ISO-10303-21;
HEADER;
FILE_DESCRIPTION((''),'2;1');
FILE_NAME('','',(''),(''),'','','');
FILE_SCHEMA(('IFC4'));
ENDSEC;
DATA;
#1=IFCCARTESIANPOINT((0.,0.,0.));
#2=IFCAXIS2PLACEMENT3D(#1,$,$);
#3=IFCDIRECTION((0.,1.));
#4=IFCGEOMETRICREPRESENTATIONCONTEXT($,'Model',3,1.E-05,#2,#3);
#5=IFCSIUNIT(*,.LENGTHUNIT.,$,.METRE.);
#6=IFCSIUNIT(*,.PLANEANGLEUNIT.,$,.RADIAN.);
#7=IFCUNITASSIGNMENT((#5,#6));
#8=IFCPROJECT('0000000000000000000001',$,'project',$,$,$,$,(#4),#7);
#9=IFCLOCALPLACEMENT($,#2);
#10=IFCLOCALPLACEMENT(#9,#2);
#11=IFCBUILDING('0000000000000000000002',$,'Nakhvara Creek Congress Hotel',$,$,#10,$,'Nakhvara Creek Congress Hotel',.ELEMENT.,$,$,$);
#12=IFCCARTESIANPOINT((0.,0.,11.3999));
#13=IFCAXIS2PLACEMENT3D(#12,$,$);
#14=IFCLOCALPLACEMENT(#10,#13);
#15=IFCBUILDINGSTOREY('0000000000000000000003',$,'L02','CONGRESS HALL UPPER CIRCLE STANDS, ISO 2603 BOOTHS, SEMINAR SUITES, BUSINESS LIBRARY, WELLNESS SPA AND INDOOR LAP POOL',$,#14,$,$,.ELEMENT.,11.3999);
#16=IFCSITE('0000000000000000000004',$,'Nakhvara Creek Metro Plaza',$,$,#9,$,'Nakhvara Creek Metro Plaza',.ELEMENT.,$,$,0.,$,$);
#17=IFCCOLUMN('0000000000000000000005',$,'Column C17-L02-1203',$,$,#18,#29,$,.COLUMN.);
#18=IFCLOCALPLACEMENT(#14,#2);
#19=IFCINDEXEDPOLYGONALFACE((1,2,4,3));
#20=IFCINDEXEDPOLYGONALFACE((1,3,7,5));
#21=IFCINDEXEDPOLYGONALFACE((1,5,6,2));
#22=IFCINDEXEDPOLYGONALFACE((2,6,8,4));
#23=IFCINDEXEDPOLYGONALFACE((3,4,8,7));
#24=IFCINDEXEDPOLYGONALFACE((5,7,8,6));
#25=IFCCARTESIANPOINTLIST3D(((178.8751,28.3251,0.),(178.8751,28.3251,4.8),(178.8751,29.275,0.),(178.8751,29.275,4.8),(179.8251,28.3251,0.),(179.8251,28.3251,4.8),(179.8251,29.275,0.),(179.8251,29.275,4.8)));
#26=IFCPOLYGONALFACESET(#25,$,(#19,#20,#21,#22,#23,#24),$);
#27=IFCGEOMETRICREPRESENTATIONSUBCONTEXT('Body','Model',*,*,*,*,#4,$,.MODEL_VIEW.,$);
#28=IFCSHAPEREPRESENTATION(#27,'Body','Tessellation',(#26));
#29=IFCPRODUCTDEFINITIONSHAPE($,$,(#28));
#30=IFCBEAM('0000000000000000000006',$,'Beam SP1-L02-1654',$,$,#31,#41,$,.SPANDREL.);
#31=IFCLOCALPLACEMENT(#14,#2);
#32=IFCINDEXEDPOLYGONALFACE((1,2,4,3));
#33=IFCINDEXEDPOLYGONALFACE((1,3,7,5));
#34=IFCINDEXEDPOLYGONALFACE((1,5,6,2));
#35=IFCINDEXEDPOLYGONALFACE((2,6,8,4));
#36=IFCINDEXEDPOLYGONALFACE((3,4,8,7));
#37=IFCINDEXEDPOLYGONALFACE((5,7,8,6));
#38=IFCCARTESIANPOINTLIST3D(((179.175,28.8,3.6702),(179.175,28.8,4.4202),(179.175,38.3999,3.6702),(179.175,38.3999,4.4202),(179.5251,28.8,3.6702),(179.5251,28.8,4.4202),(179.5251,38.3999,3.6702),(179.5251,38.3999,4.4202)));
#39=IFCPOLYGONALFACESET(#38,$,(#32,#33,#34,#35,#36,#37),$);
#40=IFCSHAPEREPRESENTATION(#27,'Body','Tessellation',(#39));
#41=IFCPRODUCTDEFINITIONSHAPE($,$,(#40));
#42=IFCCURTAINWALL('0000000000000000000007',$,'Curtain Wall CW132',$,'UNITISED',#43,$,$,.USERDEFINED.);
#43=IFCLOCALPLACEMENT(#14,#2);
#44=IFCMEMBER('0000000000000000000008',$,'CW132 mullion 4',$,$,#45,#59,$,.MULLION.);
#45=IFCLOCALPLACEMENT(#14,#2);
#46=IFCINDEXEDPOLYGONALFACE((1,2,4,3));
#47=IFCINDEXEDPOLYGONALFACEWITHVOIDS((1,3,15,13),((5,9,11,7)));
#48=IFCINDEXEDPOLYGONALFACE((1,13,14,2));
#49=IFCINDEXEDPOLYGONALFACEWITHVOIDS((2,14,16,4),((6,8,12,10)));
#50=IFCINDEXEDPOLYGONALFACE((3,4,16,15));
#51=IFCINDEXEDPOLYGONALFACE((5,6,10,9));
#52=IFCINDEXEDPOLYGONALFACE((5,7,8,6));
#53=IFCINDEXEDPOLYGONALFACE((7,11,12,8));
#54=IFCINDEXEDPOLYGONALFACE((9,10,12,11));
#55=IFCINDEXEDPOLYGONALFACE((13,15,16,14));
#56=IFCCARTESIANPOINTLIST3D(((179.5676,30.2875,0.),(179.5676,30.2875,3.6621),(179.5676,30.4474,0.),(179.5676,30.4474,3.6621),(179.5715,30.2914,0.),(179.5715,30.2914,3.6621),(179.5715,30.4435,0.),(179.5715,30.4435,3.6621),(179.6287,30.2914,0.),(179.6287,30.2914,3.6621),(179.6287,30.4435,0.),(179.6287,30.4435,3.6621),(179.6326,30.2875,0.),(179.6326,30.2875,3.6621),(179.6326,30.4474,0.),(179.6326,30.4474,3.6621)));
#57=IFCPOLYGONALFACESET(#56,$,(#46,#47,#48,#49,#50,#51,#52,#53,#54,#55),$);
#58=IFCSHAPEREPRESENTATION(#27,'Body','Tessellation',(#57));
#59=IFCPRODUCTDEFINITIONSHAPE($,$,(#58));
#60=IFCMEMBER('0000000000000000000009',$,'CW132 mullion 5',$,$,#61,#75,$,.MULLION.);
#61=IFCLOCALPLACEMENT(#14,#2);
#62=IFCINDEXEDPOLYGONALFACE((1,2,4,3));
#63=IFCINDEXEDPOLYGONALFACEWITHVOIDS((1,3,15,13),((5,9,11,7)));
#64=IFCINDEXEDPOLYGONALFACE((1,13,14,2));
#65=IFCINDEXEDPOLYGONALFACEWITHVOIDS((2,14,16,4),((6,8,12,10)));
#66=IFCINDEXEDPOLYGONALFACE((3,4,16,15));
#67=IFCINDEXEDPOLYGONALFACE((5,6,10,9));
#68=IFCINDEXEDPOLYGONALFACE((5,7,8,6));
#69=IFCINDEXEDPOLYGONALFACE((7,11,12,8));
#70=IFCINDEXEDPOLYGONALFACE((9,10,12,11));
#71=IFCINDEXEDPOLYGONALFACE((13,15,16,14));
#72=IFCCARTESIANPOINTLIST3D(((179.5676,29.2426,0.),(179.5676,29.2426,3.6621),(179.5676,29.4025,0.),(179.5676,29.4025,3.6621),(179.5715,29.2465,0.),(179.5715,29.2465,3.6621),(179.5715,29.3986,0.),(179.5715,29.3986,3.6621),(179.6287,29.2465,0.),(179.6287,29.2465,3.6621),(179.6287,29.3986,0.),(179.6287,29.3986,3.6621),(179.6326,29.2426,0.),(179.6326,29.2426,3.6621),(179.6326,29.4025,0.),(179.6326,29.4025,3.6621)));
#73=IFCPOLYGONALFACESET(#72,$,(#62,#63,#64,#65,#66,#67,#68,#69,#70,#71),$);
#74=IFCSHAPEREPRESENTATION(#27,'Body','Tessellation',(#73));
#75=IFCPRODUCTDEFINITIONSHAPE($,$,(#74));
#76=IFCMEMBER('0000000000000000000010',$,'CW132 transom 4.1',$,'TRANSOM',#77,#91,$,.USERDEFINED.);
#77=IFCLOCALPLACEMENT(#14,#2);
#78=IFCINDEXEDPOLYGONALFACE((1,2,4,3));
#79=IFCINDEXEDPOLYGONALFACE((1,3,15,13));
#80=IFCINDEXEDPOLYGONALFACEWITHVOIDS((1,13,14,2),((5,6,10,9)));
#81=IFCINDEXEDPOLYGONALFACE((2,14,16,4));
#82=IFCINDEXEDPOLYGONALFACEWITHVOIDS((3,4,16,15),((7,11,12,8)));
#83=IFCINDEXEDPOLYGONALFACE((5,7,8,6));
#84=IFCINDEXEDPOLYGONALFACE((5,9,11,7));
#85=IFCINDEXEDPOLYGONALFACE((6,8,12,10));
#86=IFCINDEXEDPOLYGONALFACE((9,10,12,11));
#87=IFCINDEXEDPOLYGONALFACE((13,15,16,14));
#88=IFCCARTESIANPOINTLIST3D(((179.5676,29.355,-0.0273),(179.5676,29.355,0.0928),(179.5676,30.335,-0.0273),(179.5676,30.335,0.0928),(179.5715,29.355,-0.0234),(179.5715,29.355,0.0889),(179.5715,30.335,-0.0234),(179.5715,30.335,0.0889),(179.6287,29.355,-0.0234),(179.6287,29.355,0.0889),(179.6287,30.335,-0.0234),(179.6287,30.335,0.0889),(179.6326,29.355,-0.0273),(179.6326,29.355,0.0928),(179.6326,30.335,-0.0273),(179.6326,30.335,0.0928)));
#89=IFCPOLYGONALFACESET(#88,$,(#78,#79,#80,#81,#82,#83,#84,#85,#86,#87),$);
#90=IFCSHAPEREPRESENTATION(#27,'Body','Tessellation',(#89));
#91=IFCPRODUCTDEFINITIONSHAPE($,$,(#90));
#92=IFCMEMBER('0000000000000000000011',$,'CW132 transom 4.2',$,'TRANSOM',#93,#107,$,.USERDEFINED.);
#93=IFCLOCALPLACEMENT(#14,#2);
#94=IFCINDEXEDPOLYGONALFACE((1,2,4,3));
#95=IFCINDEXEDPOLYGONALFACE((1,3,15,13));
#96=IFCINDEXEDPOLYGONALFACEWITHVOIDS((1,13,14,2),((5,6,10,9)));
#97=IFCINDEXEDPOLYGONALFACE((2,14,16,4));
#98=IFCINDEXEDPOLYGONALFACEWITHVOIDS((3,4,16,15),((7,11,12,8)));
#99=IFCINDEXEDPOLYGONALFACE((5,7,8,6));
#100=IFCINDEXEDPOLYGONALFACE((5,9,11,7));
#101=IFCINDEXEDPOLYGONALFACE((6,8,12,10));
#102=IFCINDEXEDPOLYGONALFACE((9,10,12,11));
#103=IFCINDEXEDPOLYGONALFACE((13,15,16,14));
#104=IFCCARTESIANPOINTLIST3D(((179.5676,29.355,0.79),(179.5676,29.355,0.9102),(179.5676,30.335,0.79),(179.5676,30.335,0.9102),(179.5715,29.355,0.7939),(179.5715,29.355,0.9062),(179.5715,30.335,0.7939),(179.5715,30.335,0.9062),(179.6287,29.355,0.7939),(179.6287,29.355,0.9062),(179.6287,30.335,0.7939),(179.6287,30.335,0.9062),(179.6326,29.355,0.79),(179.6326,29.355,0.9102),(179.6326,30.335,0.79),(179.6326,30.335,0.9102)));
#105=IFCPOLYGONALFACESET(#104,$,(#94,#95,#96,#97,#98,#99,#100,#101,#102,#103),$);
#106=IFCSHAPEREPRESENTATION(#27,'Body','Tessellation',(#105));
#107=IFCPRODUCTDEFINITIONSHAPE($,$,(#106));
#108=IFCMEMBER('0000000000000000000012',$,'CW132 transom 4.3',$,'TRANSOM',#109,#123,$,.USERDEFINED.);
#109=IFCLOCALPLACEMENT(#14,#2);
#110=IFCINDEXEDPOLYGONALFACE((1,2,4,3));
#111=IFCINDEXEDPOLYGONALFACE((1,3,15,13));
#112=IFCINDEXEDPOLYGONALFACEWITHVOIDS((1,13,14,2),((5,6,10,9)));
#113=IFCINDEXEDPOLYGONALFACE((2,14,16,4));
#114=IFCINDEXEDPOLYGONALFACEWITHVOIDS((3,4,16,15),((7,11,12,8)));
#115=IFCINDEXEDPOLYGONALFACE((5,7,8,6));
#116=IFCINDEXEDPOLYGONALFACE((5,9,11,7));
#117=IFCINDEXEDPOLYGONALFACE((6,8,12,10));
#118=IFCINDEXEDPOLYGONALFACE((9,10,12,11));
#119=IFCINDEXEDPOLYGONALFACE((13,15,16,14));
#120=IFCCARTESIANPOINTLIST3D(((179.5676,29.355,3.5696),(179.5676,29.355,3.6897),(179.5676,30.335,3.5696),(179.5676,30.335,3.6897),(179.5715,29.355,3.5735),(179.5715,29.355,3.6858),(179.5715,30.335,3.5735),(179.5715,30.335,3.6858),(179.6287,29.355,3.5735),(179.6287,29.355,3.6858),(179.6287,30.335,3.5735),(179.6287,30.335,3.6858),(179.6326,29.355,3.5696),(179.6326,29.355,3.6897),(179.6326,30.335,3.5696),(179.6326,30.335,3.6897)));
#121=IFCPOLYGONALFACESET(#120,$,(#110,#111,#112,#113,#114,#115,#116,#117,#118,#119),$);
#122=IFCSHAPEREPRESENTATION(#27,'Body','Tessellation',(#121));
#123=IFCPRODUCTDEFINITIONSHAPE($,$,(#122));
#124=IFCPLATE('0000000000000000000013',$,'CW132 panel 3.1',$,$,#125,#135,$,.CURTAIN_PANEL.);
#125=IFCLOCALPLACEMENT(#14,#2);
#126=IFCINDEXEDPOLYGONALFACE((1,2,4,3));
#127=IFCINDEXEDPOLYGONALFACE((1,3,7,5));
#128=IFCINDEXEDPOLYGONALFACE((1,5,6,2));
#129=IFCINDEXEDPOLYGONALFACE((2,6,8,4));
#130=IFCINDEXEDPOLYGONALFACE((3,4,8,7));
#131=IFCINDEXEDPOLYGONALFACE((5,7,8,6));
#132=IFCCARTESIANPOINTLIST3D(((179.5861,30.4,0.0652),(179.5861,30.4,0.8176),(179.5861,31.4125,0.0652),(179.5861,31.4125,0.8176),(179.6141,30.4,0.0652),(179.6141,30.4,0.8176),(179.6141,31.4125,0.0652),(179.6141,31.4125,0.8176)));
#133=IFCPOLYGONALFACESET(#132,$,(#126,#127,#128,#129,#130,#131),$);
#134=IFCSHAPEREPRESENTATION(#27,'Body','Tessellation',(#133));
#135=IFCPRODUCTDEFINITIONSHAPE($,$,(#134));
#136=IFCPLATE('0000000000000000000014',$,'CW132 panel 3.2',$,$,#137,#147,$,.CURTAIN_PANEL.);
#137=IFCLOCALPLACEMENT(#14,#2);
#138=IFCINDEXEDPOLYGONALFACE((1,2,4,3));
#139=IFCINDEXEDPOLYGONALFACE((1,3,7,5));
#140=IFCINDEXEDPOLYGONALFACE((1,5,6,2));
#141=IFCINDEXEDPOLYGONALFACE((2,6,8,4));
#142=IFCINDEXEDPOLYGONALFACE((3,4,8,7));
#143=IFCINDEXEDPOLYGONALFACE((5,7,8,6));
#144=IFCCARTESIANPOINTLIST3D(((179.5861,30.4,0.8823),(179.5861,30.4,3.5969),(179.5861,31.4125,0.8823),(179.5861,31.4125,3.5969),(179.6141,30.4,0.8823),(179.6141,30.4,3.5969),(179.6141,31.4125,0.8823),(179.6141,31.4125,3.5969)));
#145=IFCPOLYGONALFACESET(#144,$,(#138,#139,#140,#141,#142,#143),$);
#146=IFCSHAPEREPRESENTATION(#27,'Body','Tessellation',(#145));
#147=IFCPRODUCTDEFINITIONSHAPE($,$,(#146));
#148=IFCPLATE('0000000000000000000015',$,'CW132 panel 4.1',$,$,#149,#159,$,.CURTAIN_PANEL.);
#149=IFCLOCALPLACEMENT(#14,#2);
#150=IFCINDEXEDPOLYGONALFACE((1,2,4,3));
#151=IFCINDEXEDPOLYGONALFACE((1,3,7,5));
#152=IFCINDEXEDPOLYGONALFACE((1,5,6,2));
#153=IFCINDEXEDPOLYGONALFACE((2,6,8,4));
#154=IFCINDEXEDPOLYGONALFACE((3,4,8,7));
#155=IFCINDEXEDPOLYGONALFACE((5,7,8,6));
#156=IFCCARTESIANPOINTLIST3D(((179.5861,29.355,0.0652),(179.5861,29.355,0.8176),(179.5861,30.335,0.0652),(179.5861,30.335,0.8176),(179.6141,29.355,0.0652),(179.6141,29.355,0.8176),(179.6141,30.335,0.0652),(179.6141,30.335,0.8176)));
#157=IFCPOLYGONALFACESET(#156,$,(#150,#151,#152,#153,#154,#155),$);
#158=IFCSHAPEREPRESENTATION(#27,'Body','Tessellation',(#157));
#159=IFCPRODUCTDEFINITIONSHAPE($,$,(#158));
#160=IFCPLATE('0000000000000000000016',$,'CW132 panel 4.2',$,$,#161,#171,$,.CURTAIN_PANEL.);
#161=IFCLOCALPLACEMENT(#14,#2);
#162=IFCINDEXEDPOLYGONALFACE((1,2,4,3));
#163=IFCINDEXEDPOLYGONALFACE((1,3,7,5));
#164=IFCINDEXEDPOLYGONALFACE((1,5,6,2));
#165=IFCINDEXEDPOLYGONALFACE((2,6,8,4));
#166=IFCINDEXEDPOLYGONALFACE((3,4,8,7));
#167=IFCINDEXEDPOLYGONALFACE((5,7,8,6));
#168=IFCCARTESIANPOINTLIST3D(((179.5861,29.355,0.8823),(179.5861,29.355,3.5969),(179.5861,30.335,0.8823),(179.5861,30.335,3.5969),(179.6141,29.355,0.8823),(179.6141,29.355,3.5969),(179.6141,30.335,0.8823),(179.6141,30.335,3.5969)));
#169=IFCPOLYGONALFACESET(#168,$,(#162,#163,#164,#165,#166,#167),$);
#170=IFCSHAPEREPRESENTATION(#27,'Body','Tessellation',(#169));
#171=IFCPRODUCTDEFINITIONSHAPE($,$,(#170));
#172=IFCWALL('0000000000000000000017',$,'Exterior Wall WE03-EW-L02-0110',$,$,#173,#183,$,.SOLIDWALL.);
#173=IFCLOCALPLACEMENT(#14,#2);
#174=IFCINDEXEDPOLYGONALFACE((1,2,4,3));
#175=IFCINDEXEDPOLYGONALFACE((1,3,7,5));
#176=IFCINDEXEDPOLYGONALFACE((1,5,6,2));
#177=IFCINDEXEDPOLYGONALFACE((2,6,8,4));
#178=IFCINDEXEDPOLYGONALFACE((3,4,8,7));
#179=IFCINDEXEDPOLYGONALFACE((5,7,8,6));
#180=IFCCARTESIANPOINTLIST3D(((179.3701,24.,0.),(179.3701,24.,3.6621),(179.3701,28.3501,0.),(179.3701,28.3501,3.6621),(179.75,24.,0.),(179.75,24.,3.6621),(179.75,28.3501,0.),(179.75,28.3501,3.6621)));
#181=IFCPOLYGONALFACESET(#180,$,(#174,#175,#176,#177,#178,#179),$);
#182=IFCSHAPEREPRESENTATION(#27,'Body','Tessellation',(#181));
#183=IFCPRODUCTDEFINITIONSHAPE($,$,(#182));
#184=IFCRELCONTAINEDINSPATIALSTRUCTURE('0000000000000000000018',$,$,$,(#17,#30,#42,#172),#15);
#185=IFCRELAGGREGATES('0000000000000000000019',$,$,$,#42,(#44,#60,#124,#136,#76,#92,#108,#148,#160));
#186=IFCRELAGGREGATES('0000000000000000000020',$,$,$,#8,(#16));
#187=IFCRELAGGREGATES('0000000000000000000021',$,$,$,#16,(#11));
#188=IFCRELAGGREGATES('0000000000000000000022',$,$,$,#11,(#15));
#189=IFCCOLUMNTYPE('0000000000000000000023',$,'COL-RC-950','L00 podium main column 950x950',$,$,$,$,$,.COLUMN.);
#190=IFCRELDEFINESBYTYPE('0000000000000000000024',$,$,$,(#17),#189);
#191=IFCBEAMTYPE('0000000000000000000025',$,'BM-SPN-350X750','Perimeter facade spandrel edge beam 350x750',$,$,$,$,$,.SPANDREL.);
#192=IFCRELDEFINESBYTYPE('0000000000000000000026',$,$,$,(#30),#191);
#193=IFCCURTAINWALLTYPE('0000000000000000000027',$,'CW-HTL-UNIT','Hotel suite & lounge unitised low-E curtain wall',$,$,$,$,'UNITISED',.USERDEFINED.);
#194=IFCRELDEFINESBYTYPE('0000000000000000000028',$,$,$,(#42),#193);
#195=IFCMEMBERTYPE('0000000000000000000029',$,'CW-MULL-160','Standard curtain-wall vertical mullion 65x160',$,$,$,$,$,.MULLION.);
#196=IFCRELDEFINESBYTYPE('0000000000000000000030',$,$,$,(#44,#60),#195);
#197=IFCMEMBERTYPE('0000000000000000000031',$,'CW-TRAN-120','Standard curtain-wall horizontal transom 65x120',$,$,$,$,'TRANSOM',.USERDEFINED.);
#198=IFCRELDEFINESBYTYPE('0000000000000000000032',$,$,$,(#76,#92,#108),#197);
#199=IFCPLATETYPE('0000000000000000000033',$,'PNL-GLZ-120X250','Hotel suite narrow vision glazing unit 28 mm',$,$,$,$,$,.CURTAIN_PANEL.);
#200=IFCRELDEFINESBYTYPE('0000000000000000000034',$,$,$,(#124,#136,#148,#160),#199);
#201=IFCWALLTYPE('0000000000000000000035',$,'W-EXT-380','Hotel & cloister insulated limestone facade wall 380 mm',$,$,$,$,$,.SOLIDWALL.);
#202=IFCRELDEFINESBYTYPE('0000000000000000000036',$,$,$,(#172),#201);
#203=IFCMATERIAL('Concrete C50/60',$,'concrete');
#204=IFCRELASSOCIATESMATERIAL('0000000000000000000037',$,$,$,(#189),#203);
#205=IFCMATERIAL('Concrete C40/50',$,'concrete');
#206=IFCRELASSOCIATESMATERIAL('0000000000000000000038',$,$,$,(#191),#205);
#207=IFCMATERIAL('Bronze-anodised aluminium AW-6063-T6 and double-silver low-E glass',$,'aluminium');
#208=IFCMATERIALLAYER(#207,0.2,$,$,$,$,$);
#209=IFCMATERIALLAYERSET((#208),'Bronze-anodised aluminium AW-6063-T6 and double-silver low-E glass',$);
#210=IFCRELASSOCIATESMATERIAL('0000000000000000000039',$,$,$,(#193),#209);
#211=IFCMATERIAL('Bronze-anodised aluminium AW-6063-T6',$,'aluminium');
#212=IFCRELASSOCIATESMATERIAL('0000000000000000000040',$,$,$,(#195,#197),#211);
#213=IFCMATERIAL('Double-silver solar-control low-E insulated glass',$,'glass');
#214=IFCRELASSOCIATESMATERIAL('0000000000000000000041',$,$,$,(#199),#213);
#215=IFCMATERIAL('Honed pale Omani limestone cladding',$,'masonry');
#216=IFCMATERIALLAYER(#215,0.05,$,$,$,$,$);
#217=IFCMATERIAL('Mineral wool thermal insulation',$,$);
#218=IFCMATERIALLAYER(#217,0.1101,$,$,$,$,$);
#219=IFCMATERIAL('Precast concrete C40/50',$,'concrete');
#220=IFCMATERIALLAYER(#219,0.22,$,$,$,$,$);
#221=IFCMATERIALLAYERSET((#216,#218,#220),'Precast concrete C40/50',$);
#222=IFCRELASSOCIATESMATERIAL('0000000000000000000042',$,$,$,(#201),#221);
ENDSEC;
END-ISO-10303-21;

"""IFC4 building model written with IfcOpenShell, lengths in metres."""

from ifc_helpers import new_model, si_unit, direction, frame, frame_2d, origin, origin_2d, place, context, subcontext, project, spatial, rectangle, hollow_rectangle, extrude, material, layer, layer_set, material_profile, profile_set, type_object, element, aggregate, save


model = new_model("IFC4")

# Units and contexts
model_context = context("Model", 3, precision=1e-05, world=origin(), true_north=direction((0.0, 1.0)))
body_context = subcontext(model_context, "Body", "Model", "MODEL_VIEW")
ifc_project = project(units=[si_unit("LENGTHUNIT", "METRE"), si_unit("PLANEANGLEUNIT", "RADIAN")], contexts=[model_context])

# Site, building, storey
site_placement = place(None, origin())
site = spatial("IfcSite", under=ifc_project, at=site_placement, Name="Nakhvara Creek Metro Plaza", LongName="Nakhvara Creek Metro Plaza", CompositionType="ELEMENT", RefElevation=0.0)
building_placement = place(site_placement, origin())
building = spatial("IfcBuilding", under=site, at=building_placement, Name="Nakhvara Creek Congress Hotel", LongName="Nakhvara Creek Congress Hotel", CompositionType="ELEMENT")
storey_placement = place(building_placement, frame((0.0, 0.0, 11.3999)))
storey = spatial("IfcBuildingStorey", under=building, at=storey_placement, Name="L02", Description="CONGRESS HALL UPPER CIRCLE STANDS, ISO 2603 BOOTHS, SEMINAR SUITES, BUSINESS LIBRARY, WELLNESS SPA AND INDOOR LAP POOL", CompositionType="ELEMENT", Elevation=11.3999)

# Column
ifc_material_1 = material(Name="Concrete C50/60", Category="concrete")
ifc_material_profile_1 = material_profile(ifc_material_1, rectangle(XDim=0.95, YDim=0.95, at=origin_2d()), Name="RC-COL 950x950", Category="LoadBearing")
ifc_profile_set_1 = profile_set([ifc_material_profile_1], Name="Concrete C50/60")
column_type = type_object("IfcColumnType", Name="COL-RC-950", Description="L00 podium main column 950x950", PredefinedType="COLUMN", material=ifc_profile_set_1)
column_placement = place(storey_placement, frame((179.3501, 28.8, 0.0), z_axis=(0.0, 0.0, 1.0), x_axis=(1.0, 0.0, 0.0)))
element("IfcColumn", 1, at=column_placement, inside=storey, type_object=column_type, Name="Column C17-L02-1203", PredefinedType="COLUMN", context=body_context, shape_type="SweptSolid", body=[
    extrude(rectangle(XDim=0.95, YDim=0.95, at=origin_2d()), origin(), (0.0, 0.0, 1.0), 4.8),
])

# Beam
ifc_material_2 = material(Name="Concrete C40/50", Category="concrete")
ifc_material_profile_2 = material_profile(ifc_material_2, rectangle(XDim=0.3501, YDim=0.75, at=origin_2d()), Name="RC-SPANDREL 350x750", Category="LoadBearing")
ifc_profile_set_2 = profile_set([ifc_material_profile_2], Name="Concrete C40/50")
beam_type = type_object("IfcBeamType", Name="BM-SPN-350X750", Description="Perimeter facade spandrel edge beam 350x750", PredefinedType="SPANDREL", material=ifc_profile_set_2)
beam_placement = place(storey_placement, frame((179.3501, 28.8, 4.0452), z_axis=(0.0, 1.0, 0.0), x_axis=(-1.0, 0.0, 0.0)))
element("IfcBeam", 2, at=beam_placement, inside=storey, type_object=beam_type, Name="Beam SP1-L02-1654", PredefinedType="SPANDREL", context=body_context, shape_type="SweptSolid", body=[
    extrude(rectangle(XDim=0.3501, YDim=0.75, at=origin_2d()), origin(), (0.0, 0.0, 1.0), 9.5999),
])

# Curtain wall, members, plates
ifc_material_3 = material(Name="Bronze-anodised aluminium AW-6063-T6 and double-silver low-E glass", Category="aluminium")
ifc_layer_1 = layer(ifc_material_3, 0.2)
ifc_layer_set_1 = layer_set([ifc_layer_1], Name="Bronze-anodised aluminium AW-6063-T6 and double-silver low-E glass")
curtain_wall_type = type_object("IfcCurtainWallType", Name="CW-HTL-UNIT", Description="Hotel suite & lounge unitised low-E curtain wall", ElementType="UNITISED", PredefinedType="USERDEFINED", material=ifc_layer_set_1)
curtain_wall_placement = place(storey_placement, origin())
curtain_wall = element("IfcCurtainWall", 3, at=curtain_wall_placement, inside=storey, type_object=curtain_wall_type, Name="Curtain Wall CW132", ObjectType="UNITISED", PredefinedType="USERDEFINED")
ifc_material_4 = material(Name="Bronze-anodised aluminium AW-6063-T6", Category="aluminium")
ifc_material_profile_3 = material_profile(ifc_material_4, hollow_rectangle(XDim=0.0649, YDim=0.1599, WallThickness=0.0039, at=origin_2d()), Name="ALU-MULL 65x160x4", Category="LoadBearing")
ifc_profile_set_3 = profile_set([ifc_material_profile_3], Name="Bronze-anodised aluminium AW-6063-T6")
member_type_1 = type_object("IfcMemberType", Name="CW-MULL-160", Description="Standard curtain-wall vertical mullion 65x160", PredefinedType="MULLION", material=ifc_profile_set_3)
member_1_placement = place(storey_placement, frame((179.6001, 30.3674, 0.0), z_axis=(0.0, 0.0, 1.0), x_axis=(1.0, 0.0, 0.0)))
member_1 = element("IfcMember", 4, at=member_1_placement, type_object=member_type_1, Name="CW132 mullion 4", PredefinedType="MULLION", context=body_context, shape_type="SweptSolid", body=[
    extrude(hollow_rectangle(XDim=0.0649, YDim=0.1599, WallThickness=0.0039, at=origin_2d()), origin(), (0.0, 0.0, 1.0), 3.6621),
])
member_2_placement = place(storey_placement, frame((179.6001, 29.3225, 0.0), z_axis=(0.0, 0.0, 1.0), x_axis=(1.0, 0.0, 0.0)))
member_2 = element("IfcMember", 5, at=member_2_placement, type_object=member_type_1, Name="CW132 mullion 5", PredefinedType="MULLION", context=body_context, shape_type="SweptSolid", body=[
    extrude(hollow_rectangle(XDim=0.0649, YDim=0.1599, WallThickness=0.0039, at=origin_2d()), origin(), (0.0, 0.0, 1.0), 3.6621),
])
ifc_material_profile_4 = material_profile(ifc_material_4, hollow_rectangle(XDim=0.0649, YDim=0.1201, WallThickness=0.0039, at=origin_2d()), Name="ALU-TRAN 65x120x4", Category="LoadBearing")
ifc_profile_set_4 = profile_set([ifc_material_profile_4], Name="Bronze-anodised aluminium AW-6063-T6")
member_type_2 = type_object("IfcMemberType", Name="CW-TRAN-120", Description="Standard curtain-wall horizontal transom 65x120", ElementType="TRANSOM", PredefinedType="USERDEFINED", material=ifc_profile_set_4)
member_3_placement = place(storey_placement, frame((179.6001, 30.335, 0.0327), z_axis=(0.0, -1.0, 0.0), x_axis=(1.0, 0.0, 0.0)))
member_3 = element("IfcMember", 6, at=member_3_placement, type_object=member_type_2, Name="CW132 transom 4.1", ObjectType="TRANSOM", PredefinedType="USERDEFINED", context=body_context, shape_type="SweptSolid", body=[
    extrude(hollow_rectangle(XDim=0.0649, YDim=0.1201, WallThickness=0.0039, at=origin_2d()), origin(), (0.0, 0.0, 1.0), 0.98),
])
member_4_placement = place(storey_placement, frame((179.6001, 30.335, 0.8501), z_axis=(0.0, -1.0, 0.0), x_axis=(1.0, 0.0, 0.0)))
member_4 = element("IfcMember", 7, at=member_4_placement, type_object=member_type_2, Name="CW132 transom 4.2", ObjectType="TRANSOM", PredefinedType="USERDEFINED", context=body_context, shape_type="SweptSolid", body=[
    extrude(hollow_rectangle(XDim=0.0649, YDim=0.1201, WallThickness=0.0039, at=origin_2d()), origin(), (0.0, 0.0, 1.0), 0.98),
])
member_5_placement = place(storey_placement, frame((179.6001, 30.335, 3.6296), z_axis=(0.0, -1.0, 0.0), x_axis=(1.0, 0.0, 0.0)))
member_5 = element("IfcMember", 8, at=member_5_placement, type_object=member_type_2, Name="CW132 transom 4.3", ObjectType="TRANSOM", PredefinedType="USERDEFINED", context=body_context, shape_type="SweptSolid", body=[
    extrude(hollow_rectangle(XDim=0.0649, YDim=0.1201, WallThickness=0.0039, at=origin_2d()), origin(), (0.0, 0.0, 1.0), 0.98),
])
ifc_material_5 = material(Name="Double-silver solar-control low-E insulated glass", Category="glass")
plate_type = type_object("IfcPlateType", Name="PNL-GLZ-120X250", Description="Hotel suite narrow vision glazing unit 28 mm", PredefinedType="CURTAIN_PANEL", material=ifc_material_5)
plate_1_placement = place(storey_placement, frame((179.6001, 30.9062, 0.0652), z_axis=(0.0, 0.0, 1.0), x_axis=(0.0, -1.0, 0.0)))
plate_1 = element("IfcPlate", 9, at=plate_1_placement, type_object=plate_type, Name="CW132 panel 3.1", PredefinedType="CURTAIN_PANEL", context=body_context, shape_type="SweptSolid", body=[
    extrude(rectangle(XDim=1.0125, YDim=0.0281, at=origin_2d()), origin(), (0.0, 0.0, 1.0), 0.7524),
])
plate_2_placement = place(storey_placement, frame((179.6001, 30.9062, 0.8823), z_axis=(0.0, 0.0, 1.0), x_axis=(0.0, -1.0, 0.0)))
plate_2 = element("IfcPlate", 10, at=plate_2_placement, type_object=plate_type, Name="CW132 panel 3.2", PredefinedType="CURTAIN_PANEL", context=body_context, shape_type="SweptSolid", body=[
    extrude(rectangle(XDim=1.0125, YDim=0.0281, at=origin_2d()), origin(), (0.0, 0.0, 1.0), 2.7146),
])
plate_3_placement = place(storey_placement, frame((179.6001, 29.845, 0.0652), z_axis=(0.0, 0.0, 1.0), x_axis=(0.0, -1.0, 0.0)))
plate_3 = element("IfcPlate", 11, at=plate_3_placement, type_object=plate_type, Name="CW132 panel 4.1", PredefinedType="CURTAIN_PANEL", context=body_context, shape_type="SweptSolid", body=[
    extrude(rectangle(XDim=0.98, YDim=0.0281, at=origin_2d()), origin(), (0.0, 0.0, 1.0), 0.7524),
])
plate_4_placement = place(storey_placement, frame((179.6001, 29.845, 0.8823), z_axis=(0.0, 0.0, 1.0), x_axis=(0.0, -1.0, 0.0)))
plate_4 = element("IfcPlate", 12, at=plate_4_placement, type_object=plate_type, Name="CW132 panel 4.2", PredefinedType="CURTAIN_PANEL", context=body_context, shape_type="SweptSolid", body=[
    extrude(rectangle(XDim=0.98, YDim=0.0281, at=origin_2d()), origin(), (0.0, 0.0, 1.0), 2.7146),
])
aggregate(curtain_wall, [member_1, member_2, plate_1, plate_2, member_3, member_4, member_5, plate_3, plate_4])

# Wall
ifc_material_6 = material(Name="Honed pale Omani limestone cladding", Category="masonry")
ifc_layer_2 = layer(ifc_material_6, 0.05)
ifc_material_7 = material(Name="Mineral wool thermal insulation")
ifc_layer_3 = layer(ifc_material_7, 0.1101)
ifc_material_8 = material(Name="Precast concrete C40/50", Category="concrete")
ifc_layer_4 = layer(ifc_material_8, 0.22)
ifc_layer_set_2 = layer_set([ifc_layer_2, ifc_layer_3, ifc_layer_4], Name="Precast concrete C40/50")
wall_type = type_object("IfcWallType", Name="W-EXT-380", Description="Hotel & cloister insulated limestone facade wall 380 mm", PredefinedType="SOLIDWALL", material=ifc_layer_set_2)
wall_placement = place(storey_placement, frame((179.5601, 28.3501, 0.0), z_axis=(0.0, 0.0, 1.0), x_axis=(0.0, -1.0, 0.0)))
element("IfcWall", 13, at=wall_placement, inside=storey, type_object=wall_type, Name="Exterior Wall WE03-EW-L02-0110", PredefinedType="SOLIDWALL", context=body_context, shape_type="SweptSolid", body=[
    extrude(rectangle(XDim=4.3501, YDim=0.3799, at=frame_2d((2.175, 0.0))), origin(), (0.0, 0.0, 1.0), 3.6621),
])

save(model, "model.ifc")
